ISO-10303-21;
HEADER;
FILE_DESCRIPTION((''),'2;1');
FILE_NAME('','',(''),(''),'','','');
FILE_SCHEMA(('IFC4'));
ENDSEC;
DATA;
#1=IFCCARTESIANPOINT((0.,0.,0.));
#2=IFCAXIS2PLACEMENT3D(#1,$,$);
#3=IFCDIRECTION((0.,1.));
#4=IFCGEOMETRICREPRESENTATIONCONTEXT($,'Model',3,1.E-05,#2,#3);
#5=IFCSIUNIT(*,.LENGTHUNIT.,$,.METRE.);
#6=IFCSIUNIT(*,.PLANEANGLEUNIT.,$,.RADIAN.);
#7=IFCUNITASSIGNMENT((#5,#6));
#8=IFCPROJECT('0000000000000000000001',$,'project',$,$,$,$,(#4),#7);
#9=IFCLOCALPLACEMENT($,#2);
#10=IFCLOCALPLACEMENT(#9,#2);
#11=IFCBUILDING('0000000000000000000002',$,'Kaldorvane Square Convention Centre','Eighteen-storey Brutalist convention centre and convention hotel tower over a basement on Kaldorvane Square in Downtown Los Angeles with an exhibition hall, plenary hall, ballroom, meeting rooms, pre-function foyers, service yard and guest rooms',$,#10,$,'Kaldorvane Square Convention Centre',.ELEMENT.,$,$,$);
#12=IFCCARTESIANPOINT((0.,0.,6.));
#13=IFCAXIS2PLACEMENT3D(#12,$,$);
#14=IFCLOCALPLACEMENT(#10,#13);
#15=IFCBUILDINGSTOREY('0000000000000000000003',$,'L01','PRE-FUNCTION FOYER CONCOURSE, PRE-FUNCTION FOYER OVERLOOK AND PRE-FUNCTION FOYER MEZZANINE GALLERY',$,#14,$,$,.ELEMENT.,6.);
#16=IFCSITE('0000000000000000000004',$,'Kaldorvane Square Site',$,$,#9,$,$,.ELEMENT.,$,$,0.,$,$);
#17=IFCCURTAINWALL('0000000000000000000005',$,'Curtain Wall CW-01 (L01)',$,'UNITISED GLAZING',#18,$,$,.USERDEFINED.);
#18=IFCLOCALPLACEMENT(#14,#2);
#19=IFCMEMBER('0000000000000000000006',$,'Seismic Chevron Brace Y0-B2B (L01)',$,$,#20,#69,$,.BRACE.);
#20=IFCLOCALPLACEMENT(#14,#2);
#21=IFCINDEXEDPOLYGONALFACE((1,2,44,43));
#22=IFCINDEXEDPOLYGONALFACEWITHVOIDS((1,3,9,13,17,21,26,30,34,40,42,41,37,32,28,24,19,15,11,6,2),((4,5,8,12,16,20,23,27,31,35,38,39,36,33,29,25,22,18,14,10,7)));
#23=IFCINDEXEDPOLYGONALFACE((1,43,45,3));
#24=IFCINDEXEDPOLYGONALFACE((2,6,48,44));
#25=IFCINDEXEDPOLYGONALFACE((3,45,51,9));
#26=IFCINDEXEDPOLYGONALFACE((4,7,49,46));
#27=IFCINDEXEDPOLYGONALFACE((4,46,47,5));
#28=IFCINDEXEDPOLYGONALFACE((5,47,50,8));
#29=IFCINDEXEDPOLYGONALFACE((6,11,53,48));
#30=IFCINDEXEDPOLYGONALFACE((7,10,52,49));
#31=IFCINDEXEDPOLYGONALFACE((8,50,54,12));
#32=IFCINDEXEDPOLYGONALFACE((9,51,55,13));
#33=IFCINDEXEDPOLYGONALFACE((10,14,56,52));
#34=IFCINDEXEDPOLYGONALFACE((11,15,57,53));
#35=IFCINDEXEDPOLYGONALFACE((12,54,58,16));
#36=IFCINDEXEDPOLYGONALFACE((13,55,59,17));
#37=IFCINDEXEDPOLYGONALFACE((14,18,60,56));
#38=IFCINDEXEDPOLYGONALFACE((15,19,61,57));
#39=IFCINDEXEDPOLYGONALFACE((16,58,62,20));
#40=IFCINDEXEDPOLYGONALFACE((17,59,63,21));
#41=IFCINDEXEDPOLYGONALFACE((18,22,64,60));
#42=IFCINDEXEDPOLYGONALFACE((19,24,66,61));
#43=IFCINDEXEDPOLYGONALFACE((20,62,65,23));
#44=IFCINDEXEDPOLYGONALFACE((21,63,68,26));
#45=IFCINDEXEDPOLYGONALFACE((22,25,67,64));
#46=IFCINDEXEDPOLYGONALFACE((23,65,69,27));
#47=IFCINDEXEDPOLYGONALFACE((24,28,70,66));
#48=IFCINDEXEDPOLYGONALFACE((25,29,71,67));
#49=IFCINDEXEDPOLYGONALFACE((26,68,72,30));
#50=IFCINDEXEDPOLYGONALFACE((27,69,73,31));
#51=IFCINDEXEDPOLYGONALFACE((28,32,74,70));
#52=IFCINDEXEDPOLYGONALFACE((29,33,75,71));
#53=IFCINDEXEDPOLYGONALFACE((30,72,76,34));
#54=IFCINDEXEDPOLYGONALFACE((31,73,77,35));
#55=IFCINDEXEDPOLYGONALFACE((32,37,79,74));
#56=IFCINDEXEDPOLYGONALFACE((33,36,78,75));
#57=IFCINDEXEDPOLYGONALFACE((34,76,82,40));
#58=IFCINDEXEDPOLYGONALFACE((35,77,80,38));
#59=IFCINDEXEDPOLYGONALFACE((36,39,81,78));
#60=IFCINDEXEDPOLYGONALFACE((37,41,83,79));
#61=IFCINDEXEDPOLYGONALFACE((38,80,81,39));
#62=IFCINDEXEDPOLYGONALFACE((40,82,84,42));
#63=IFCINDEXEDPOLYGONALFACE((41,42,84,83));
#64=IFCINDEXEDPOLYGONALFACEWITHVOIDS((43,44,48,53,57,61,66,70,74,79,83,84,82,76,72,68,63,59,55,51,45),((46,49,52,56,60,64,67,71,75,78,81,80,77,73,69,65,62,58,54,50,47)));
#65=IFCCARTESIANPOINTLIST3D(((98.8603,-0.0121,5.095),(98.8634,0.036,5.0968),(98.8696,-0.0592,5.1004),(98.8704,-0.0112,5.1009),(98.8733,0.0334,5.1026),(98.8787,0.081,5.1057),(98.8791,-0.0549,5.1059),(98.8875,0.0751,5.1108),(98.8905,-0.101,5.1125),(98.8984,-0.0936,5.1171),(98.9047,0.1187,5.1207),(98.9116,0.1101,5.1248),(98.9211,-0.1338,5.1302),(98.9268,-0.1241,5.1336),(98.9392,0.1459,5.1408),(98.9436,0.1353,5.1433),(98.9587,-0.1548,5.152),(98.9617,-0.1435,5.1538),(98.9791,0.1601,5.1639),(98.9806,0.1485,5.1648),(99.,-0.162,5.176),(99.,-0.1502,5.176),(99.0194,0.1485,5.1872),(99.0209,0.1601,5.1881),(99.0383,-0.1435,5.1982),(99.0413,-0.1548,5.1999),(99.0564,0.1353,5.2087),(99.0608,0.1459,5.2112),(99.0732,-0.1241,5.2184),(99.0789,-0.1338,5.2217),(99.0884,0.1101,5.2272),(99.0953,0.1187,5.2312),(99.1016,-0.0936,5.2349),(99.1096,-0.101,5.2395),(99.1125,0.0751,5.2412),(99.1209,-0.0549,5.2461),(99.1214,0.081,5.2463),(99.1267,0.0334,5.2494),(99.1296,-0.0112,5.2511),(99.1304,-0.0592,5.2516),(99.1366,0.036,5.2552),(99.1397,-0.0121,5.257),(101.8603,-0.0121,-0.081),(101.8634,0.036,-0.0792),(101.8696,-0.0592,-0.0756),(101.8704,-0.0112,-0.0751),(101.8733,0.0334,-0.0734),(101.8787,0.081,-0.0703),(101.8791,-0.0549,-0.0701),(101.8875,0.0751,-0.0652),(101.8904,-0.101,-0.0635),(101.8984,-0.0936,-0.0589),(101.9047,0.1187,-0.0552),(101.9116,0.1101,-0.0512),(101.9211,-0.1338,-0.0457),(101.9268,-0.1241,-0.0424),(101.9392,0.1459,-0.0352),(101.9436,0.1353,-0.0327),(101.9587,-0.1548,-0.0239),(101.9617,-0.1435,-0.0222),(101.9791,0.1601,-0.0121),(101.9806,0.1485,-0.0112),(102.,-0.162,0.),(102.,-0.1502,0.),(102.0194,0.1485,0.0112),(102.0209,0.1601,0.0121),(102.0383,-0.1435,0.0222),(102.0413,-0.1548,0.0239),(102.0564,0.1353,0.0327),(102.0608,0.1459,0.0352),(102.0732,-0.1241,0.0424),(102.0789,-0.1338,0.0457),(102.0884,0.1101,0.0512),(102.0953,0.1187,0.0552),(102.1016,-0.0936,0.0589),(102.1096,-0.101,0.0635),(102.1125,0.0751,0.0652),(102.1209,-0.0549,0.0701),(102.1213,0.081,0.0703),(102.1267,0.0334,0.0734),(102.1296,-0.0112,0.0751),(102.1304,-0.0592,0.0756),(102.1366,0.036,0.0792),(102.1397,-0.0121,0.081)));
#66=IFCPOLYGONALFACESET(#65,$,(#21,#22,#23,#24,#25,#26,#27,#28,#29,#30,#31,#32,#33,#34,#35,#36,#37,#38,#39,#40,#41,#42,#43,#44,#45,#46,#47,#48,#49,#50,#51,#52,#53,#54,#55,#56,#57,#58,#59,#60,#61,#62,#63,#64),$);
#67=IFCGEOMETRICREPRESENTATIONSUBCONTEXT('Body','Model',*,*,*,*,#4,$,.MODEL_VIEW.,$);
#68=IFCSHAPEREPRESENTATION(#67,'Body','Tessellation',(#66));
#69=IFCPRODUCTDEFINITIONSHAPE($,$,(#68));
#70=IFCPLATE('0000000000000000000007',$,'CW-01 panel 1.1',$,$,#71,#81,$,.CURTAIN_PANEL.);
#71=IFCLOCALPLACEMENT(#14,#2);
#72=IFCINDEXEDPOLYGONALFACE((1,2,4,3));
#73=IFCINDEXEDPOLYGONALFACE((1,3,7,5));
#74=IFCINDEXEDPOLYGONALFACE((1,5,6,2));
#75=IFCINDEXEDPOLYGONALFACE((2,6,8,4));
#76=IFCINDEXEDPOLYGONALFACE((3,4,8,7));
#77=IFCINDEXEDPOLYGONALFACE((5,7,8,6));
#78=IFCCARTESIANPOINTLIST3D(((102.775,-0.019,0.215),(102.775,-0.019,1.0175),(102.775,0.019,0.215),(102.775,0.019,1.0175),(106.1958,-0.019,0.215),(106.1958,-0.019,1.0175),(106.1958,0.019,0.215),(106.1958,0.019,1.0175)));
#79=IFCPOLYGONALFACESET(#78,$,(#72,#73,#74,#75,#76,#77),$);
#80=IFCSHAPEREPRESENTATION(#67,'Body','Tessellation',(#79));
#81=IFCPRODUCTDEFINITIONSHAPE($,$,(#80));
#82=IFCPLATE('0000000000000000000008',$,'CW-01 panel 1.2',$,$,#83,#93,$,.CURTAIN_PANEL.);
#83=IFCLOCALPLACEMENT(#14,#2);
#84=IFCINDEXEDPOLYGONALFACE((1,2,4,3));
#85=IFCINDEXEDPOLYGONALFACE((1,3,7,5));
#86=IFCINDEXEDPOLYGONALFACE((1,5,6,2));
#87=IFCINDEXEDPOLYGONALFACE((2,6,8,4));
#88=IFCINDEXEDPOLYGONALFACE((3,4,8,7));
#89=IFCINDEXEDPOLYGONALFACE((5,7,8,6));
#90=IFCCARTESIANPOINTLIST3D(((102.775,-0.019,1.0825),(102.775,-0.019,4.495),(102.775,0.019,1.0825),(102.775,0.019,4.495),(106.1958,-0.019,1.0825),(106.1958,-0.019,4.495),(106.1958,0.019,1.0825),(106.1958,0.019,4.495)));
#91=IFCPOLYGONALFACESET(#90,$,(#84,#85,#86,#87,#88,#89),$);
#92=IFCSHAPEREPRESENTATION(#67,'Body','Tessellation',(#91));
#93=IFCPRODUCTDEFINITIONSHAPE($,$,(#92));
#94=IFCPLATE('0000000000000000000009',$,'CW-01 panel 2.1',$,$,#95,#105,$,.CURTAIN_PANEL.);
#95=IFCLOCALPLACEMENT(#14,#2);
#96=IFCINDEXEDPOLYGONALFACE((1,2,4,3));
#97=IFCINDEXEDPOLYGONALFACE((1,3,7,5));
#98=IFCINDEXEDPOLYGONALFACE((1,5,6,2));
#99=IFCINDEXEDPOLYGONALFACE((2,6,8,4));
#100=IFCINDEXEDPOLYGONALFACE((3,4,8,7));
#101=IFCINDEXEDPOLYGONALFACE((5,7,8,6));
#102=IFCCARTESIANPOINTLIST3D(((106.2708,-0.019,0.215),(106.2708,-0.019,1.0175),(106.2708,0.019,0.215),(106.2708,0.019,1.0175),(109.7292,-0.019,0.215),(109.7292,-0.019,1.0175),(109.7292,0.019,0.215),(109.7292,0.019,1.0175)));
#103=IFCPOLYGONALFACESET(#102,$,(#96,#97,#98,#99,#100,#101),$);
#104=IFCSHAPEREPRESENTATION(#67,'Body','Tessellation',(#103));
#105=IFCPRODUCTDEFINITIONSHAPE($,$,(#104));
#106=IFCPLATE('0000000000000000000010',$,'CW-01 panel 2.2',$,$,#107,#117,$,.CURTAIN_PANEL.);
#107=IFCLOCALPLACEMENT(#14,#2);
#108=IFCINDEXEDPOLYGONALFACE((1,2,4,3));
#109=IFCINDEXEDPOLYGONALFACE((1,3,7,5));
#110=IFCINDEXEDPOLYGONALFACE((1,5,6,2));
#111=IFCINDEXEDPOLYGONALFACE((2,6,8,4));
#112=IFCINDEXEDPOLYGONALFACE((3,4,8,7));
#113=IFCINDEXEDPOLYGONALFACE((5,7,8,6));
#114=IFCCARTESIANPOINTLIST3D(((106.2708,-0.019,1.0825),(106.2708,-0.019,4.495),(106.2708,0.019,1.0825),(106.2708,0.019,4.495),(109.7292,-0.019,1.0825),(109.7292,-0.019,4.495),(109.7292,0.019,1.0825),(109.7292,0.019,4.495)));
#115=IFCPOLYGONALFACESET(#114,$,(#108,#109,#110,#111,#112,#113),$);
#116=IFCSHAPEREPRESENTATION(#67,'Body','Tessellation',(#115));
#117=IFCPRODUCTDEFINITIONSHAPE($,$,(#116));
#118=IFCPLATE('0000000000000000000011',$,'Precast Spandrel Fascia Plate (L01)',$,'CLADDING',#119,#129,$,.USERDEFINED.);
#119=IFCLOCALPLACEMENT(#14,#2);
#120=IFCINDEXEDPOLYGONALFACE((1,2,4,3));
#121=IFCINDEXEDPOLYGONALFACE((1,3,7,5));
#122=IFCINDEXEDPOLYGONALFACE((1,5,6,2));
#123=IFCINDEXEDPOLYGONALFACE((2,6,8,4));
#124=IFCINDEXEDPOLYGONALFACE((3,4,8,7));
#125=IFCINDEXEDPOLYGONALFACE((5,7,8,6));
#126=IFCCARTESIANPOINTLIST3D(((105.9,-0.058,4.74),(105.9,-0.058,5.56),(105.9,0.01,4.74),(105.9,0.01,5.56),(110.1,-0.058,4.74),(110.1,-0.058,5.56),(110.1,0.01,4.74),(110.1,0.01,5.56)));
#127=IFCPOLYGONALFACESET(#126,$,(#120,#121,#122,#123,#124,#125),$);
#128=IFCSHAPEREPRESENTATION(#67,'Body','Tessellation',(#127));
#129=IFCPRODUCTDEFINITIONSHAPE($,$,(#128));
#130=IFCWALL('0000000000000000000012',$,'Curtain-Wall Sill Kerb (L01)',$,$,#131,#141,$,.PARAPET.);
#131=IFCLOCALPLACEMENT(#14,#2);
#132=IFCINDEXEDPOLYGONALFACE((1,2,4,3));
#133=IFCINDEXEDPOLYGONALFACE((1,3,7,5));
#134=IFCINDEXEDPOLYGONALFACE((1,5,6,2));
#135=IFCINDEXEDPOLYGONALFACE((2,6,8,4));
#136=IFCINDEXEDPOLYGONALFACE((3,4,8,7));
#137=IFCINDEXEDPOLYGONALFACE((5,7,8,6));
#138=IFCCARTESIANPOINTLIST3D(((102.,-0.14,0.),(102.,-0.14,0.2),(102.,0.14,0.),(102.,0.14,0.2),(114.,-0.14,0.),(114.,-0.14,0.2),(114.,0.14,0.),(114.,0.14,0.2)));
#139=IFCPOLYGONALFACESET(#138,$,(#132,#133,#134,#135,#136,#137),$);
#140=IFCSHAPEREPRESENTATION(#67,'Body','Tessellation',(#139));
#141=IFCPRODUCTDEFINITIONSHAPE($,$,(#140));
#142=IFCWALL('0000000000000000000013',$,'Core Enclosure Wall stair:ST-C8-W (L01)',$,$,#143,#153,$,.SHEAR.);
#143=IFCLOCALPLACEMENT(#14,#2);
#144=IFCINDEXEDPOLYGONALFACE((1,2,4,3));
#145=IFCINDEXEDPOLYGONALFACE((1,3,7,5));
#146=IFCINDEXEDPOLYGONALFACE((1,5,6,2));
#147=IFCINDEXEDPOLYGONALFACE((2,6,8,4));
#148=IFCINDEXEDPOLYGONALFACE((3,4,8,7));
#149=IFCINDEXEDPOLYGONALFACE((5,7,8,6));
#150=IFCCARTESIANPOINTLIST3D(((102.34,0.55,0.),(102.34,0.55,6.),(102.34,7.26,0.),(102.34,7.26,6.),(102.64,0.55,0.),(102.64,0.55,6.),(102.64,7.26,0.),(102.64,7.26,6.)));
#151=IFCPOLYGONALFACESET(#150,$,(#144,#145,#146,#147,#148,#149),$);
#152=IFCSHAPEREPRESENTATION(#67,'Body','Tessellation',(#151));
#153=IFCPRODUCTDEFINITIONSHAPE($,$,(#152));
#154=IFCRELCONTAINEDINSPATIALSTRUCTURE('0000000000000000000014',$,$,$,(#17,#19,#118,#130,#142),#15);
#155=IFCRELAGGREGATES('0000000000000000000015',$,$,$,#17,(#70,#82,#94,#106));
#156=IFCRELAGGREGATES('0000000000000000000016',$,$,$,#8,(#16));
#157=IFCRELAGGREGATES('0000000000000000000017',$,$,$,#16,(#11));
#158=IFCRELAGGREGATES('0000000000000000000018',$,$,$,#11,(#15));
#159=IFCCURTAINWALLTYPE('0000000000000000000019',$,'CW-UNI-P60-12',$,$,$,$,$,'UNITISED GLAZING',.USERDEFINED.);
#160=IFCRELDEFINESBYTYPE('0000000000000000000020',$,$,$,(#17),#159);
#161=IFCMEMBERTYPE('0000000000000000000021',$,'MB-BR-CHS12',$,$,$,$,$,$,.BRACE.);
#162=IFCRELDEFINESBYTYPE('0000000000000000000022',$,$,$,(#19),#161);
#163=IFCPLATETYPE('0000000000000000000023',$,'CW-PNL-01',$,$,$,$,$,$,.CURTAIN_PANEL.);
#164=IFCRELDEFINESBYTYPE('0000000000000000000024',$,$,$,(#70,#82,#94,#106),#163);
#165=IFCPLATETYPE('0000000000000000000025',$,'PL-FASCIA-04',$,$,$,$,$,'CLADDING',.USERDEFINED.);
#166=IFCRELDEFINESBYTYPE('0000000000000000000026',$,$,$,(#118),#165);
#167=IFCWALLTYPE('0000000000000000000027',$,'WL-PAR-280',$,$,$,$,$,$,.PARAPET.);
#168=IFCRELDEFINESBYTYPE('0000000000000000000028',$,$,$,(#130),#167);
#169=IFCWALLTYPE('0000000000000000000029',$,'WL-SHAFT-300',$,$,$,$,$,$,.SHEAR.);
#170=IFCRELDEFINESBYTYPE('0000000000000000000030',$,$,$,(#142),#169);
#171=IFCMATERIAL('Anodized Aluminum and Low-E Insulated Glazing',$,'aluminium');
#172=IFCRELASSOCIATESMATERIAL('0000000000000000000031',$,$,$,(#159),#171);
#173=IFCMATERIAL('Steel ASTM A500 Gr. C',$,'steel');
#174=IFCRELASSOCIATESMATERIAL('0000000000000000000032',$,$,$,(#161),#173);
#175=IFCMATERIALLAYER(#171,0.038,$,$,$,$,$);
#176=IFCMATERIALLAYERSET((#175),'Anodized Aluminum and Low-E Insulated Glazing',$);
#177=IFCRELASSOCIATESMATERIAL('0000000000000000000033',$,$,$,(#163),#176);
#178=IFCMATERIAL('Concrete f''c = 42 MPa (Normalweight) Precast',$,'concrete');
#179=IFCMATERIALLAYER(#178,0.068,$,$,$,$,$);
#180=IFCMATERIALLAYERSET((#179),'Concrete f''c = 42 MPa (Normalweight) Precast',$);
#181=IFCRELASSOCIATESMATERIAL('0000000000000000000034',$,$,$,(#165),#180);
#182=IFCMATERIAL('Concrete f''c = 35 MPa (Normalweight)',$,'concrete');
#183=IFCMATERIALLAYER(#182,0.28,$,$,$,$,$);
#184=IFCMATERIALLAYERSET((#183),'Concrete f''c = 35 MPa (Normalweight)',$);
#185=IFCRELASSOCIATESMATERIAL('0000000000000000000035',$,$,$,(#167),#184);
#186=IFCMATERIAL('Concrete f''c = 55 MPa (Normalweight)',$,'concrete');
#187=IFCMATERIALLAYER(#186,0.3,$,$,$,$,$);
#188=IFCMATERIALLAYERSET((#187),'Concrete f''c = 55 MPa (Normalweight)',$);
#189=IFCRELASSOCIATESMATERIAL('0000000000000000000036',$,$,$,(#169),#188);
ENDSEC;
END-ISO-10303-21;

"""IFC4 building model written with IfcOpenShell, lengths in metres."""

from ifc_helpers import new_model, si_unit, direction, frame, frame_2d, origin, origin_2d, place, context, subcontext, project, spatial, rectangle, hollow_circle, extrude, material, layer, layer_set, material_profile, profile_set, type_object, element, aggregate, save


model = new_model("IFC4")

# Units and contexts
model_context = context("Model", 3, precision=1e-05, world=origin(), true_north=direction((0.0, 1.0)))
body_context = subcontext(model_context, "Body", "Model", "MODEL_VIEW")
ifc_project = project(units=[si_unit("LENGTHUNIT", "METRE"), si_unit("PLANEANGLEUNIT", "RADIAN")], contexts=[model_context])

# Site, building, storey
site_placement = place(None, origin())
site = spatial("IfcSite", under=ifc_project, at=site_placement, Name="Kaldorvane Square Site", CompositionType="ELEMENT", RefElevation=0.0)
building_placement = place(site_placement, origin())
building = spatial("IfcBuilding", under=site, at=building_placement, Name="Kaldorvane Square Convention Centre", Description="Eighteen-storey Brutalist convention centre and convention hotel tower over a basement on Kaldorvane Square in Downtown Los Angeles with an exhibition hall, plenary hall, ballroom, meeting rooms, pre-function foyers, service yard and guest rooms", LongName="Kaldorvane Square Convention Centre", CompositionType="ELEMENT")
storey_placement = place(building_placement, frame((0.0, 0.0, 6.0)))
storey = spatial("IfcBuildingStorey", under=building, at=storey_placement, Name="L01", Description="PRE-FUNCTION FOYER CONCOURSE, PRE-FUNCTION FOYER OVERLOOK AND PRE-FUNCTION FOYER MEZZANINE GALLERY", CompositionType="ELEMENT", Elevation=6.0)

# Curtain wall
ifc_material_1 = material(Name="Anodized Aluminum and Low-E Insulated Glazing", Category="aluminium")
curtain_wall_type = type_object("IfcCurtainWallType", Name="CW-UNI-P60-12", ElementType="UNITISED GLAZING", PredefinedType="USERDEFINED", material=ifc_material_1)
curtain_wall_placement = place(storey_placement, origin())
curtain_wall = element("IfcCurtainWall", 1, at=curtain_wall_placement, inside=storey, type_object=curtain_wall_type, Name="Curtain Wall CW-01 (L01)", ObjectType="UNITISED GLAZING", PredefinedType="USERDEFINED")

# Member
ifc_material_2 = material(Name="Steel ASTM A500 Gr. C", Category="steel")
ifc_material_profile_1 = material_profile(ifc_material_2, hollow_circle(Radius=0.162, WallThickness=0.0118, at=origin_2d()), Name="HSS12.750X0.500")
ifc_profile_set_1 = profile_set([ifc_material_profile_1], Name="Steel ASTM A500 Gr. C")
member_type_1 = type_object("IfcMemberType", Name="MB-BR-CHS12", PredefinedType="BRACE", material=ifc_profile_set_1)
member_1_placement = place(storey_placement, frame((102.0, 0.0, 0.0), z_axis=(-0.501458, 0.0, 0.865182), x_axis=(0.0, -1.0, 0.0)))
element("IfcMember", 2, at=member_1_placement, inside=storey, type_object=member_type_1, Name="Seismic Chevron Brace Y0-B2B (L01)", PredefinedType="BRACE", context=body_context, shape_type="SweptSolid", body=[
    extrude(hollow_circle(Radius=0.162, WallThickness=0.0118, at=origin_2d()), origin(), (0.0, 0.0, 1.0), 5.9825),
])

# Plates
ifc_layer_1 = layer(ifc_material_1, 0.038)
ifc_layer_set_1 = layer_set([ifc_layer_1], Name="Anodized Aluminum and Low-E Insulated Glazing")
plate_type_1 = type_object("IfcPlateType", Name="CW-PNL-01", PredefinedType="CURTAIN_PANEL", material=ifc_layer_set_1)
plate_1_placement = place(storey_placement, frame((104.4854, 0.0, 0.215), z_axis=(0.0, 0.0, 1.0), x_axis=(1.0, 0.0, 0.0)))
plate_1 = element("IfcPlate", 3, at=plate_1_placement, type_object=plate_type_1, Name="CW-01 panel 1.1", PredefinedType="CURTAIN_PANEL", context=body_context, shape_type="SweptSolid", body=[
    extrude(rectangle(XDim=3.4208, YDim=0.038, at=origin_2d()), origin(), (0.0, 0.0, 1.0), 0.8025),
])
plate_2_placement = place(storey_placement, frame((104.4854, 0.0, 1.0825), z_axis=(0.0, 0.0, 1.0), x_axis=(1.0, 0.0, 0.0)))
plate_2 = element("IfcPlate", 4, at=plate_2_placement, type_object=plate_type_1, Name="CW-01 panel 1.2", PredefinedType="CURTAIN_PANEL", context=body_context, shape_type="SweptSolid", body=[
    extrude(rectangle(XDim=3.4208, YDim=0.038, at=origin_2d()), origin(), (0.0, 0.0, 1.0), 3.4125),
])
plate_3_placement = place(storey_placement, frame((108.0, 0.0, 0.215), z_axis=(0.0, 0.0, 1.0), x_axis=(1.0, 0.0, 0.0)))
plate_3 = element("IfcPlate", 5, at=plate_3_placement, type_object=plate_type_1, Name="CW-01 panel 2.1", PredefinedType="CURTAIN_PANEL", context=body_context, shape_type="SweptSolid", body=[
    extrude(rectangle(XDim=3.4583, YDim=0.038, at=origin_2d()), origin(), (0.0, 0.0, 1.0), 0.8025),
])
plate_4_placement = place(storey_placement, frame((108.0, 0.0, 1.0825), z_axis=(0.0, 0.0, 1.0), x_axis=(1.0, 0.0, 0.0)))
plate_4 = element("IfcPlate", 6, at=plate_4_placement, type_object=plate_type_1, Name="CW-01 panel 2.2", PredefinedType="CURTAIN_PANEL", context=body_context, shape_type="SweptSolid", body=[
    extrude(rectangle(XDim=3.4583, YDim=0.038, at=origin_2d()), origin(), (0.0, 0.0, 1.0), 3.4125),
])
aggregate(curtain_wall, [plate_1, plate_2, plate_3, plate_4])
ifc_material_3 = material(Name="Concrete f'c = 42 MPa (Normalweight) Precast", Category="concrete")
ifc_layer_2 = layer(ifc_material_3, 0.068)
ifc_layer_set_2 = layer_set([ifc_layer_2], Name="Concrete f'c = 42 MPa (Normalweight) Precast")
plate_type_2 = type_object("IfcPlateType", Name="PL-FASCIA-04", ElementType="CLADDING", PredefinedType="USERDEFINED", material=ifc_layer_set_2)
plate_5_placement = place(storey_placement, frame((108.0, -0.024, 4.74), z_axis=(0.0, 0.0, 1.0), x_axis=(1.0, 0.0, 0.0)))
element("IfcPlate", 7, at=plate_5_placement, inside=storey, type_object=plate_type_2, Name="Precast Spandrel Fascia Plate (L01)", ObjectType="CLADDING", PredefinedType="USERDEFINED", context=body_context, shape_type="SweptSolid", body=[
    extrude(rectangle(XDim=4.2, YDim=0.068, at=origin_2d()), origin(), (0.0, 0.0, 1.0), 0.82),
])

# Walls
ifc_material_4 = material(Name="Concrete f'c = 35 MPa (Normalweight)", Category="concrete")
ifc_layer_3 = layer(ifc_material_4, 0.28)
ifc_layer_set_3 = layer_set([ifc_layer_3], Name="Concrete f'c = 35 MPa (Normalweight)")
wall_type_1 = type_object("IfcWallType", Name="WL-PAR-280", PredefinedType="PARAPET", material=ifc_layer_set_3)
wall_1_placement = place(storey_placement, frame((102.0, 0.0, 0.0), z_axis=(0.0, 0.0, 1.0), x_axis=(1.0, 0.0, 0.0)))
element("IfcWall", 8, at=wall_1_placement, inside=storey, type_object=wall_type_1, Name="Curtain-Wall Sill Kerb (L01)", PredefinedType="PARAPET", context=body_context, shape_type="SweptSolid", body=[
    extrude(rectangle(XDim=12.0, YDim=0.28, at=frame_2d((6.0, 0.0))), origin(), (0.0, 0.0, 1.0), 0.2),
])
ifc_material_5 = material(Name="Concrete f'c = 55 MPa (Normalweight)", Category="concrete")
ifc_layer_4 = layer(ifc_material_5, 0.3)
ifc_layer_set_4 = layer_set([ifc_layer_4], Name="Concrete f'c = 55 MPa (Normalweight)")
wall_type_2 = type_object("IfcWallType", Name="WL-SHAFT-300", PredefinedType="SHEAR", material=ifc_layer_set_4)
wall_2_placement = place(storey_placement, frame((102.49, 7.26, 0.0), z_axis=(0.0, 0.0, 1.0), x_axis=(0.0, -1.0, 0.0)))
element("IfcWall", 9, at=wall_2_placement, inside=storey, type_object=wall_type_2, Name="Core Enclosure Wall stair:ST-C8-W (L01)", PredefinedType="SHEAR", context=body_context, shape_type="SweptSolid", body=[
    extrude(rectangle(XDim=6.71, YDim=0.3, at=frame_2d((3.355, 0.0))), origin(), (0.0, 0.0, 1.0), 6.0),
])

save(model, "model.ifc")
